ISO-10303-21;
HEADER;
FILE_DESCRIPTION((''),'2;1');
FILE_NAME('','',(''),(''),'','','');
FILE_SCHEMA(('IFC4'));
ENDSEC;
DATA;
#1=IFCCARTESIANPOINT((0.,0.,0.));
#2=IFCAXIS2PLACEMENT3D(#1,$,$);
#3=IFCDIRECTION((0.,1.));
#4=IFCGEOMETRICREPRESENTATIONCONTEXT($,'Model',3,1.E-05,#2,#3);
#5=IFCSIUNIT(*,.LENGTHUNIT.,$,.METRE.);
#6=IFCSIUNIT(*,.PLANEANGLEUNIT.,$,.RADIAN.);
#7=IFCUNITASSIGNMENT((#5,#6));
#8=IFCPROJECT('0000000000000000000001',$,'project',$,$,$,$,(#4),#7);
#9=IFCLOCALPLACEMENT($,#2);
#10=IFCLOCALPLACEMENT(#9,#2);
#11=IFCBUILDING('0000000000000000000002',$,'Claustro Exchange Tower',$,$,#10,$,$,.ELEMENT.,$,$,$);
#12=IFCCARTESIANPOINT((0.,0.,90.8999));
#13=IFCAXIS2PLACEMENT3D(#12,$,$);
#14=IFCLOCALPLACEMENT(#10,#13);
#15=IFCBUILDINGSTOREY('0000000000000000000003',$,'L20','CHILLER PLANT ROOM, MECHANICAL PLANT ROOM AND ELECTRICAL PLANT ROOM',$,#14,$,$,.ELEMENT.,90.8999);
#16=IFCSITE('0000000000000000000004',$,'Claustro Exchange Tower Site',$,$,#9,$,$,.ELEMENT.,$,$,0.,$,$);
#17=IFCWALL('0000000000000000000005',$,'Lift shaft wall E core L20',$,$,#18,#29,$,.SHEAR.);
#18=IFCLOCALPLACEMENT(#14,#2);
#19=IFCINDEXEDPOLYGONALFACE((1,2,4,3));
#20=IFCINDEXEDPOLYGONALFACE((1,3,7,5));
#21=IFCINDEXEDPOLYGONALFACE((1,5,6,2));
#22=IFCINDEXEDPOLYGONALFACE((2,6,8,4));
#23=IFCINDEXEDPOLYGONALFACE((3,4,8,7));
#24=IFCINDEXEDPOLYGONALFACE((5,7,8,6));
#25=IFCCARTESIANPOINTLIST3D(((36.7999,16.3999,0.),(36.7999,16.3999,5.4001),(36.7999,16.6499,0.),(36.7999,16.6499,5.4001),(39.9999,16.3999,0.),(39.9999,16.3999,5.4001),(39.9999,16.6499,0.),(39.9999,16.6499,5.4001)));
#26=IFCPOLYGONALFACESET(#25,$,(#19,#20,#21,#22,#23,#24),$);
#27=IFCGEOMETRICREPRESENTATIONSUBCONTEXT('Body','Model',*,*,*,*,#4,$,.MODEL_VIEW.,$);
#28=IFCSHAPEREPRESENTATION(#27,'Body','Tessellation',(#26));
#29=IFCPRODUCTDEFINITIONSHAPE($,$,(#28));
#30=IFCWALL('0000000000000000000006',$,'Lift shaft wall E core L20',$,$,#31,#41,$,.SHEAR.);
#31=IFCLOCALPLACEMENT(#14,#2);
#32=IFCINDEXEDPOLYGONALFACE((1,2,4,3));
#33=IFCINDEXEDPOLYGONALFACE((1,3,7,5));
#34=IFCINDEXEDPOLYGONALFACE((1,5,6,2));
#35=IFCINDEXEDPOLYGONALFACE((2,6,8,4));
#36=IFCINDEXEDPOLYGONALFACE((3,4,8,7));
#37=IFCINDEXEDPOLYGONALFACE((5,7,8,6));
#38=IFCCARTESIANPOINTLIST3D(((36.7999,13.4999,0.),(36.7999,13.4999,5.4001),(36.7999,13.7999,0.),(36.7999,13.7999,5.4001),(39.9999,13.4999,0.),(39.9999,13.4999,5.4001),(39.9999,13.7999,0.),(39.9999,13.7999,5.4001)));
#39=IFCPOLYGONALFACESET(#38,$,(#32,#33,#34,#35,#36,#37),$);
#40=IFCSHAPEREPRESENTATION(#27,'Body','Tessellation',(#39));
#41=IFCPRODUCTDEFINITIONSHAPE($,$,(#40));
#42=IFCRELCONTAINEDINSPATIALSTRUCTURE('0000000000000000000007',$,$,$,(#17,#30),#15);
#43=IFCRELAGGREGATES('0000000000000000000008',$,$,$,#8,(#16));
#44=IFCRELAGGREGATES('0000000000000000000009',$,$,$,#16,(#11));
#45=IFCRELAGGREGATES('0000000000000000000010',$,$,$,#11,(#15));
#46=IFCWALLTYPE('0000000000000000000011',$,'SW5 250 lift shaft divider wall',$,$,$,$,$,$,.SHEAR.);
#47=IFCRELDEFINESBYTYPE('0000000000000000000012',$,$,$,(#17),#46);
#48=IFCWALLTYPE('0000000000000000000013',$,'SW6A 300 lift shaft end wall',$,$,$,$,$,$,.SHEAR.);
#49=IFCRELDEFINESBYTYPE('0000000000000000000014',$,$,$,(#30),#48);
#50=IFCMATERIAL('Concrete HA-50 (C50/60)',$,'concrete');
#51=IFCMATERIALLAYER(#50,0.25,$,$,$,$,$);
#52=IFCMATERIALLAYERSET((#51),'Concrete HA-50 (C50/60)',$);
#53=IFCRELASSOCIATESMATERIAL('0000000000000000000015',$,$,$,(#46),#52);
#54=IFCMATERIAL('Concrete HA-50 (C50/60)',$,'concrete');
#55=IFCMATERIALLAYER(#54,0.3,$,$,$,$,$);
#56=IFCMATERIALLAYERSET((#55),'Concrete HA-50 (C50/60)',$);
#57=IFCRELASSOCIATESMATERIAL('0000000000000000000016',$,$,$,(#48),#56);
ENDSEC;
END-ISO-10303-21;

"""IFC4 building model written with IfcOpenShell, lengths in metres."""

from ifc_helpers import new_model, si_unit, direction, frame, frame_2d, origin, place, context, subcontext, project, spatial, rectangle, extrude, material, layer, layer_set, type_object, element, save


model = new_model("IFC4")

# Units and contexts
model_context = context("Model", 3, precision=1e-05, world=origin(), true_north=direction((0.0, 1.0)))
body_context = subcontext(model_context, "Body", "Model", "MODEL_VIEW")
ifc_project = project(units=[si_unit("LENGTHUNIT", "METRE"), si_unit("PLANEANGLEUNIT", "RADIAN")], contexts=[model_context])

# Site, building, storey
site_placement = place(None, origin())
site = spatial("IfcSite", under=ifc_project, at=site_placement, Name="Claustro Exchange Tower Site", CompositionType="ELEMENT", RefElevation=0.0)
building_placement = place(site_placement, origin())
building = spatial("IfcBuilding", under=site, at=building_placement, Name="Claustro Exchange Tower", CompositionType="ELEMENT")
storey_placement = place(building_placement, frame((0.0, 0.0, 90.8999)))
storey = spatial("IfcBuildingStorey", under=building, at=storey_placement, Name="L20", Description="CHILLER PLANT ROOM, MECHANICAL PLANT ROOM AND ELECTRICAL PLANT ROOM", CompositionType="ELEMENT", Elevation=90.8999)

# Walls
ifc_material_1 = material(Name="Concrete HA-50 (C50/60)", Category="concrete")
ifc_layer_1 = layer(ifc_material_1, 0.25)
ifc_layer_set_1 = layer_set([ifc_layer_1], Name="Concrete HA-50 (C50/60)")
wall_type_1 = type_object("IfcWallType", Name="SW5 250 lift shaft divider wall", PredefinedType="SHEAR", material=ifc_layer_set_1)
wall_1_placement = place(storey_placement, frame((40.0, 16.5249, 0.0), z_axis=(0.0, 0.0, 1.0), x_axis=(-1.0, 0.0, 0.0)))
element("IfcWall", 1, at=wall_1_placement, inside=storey, type_object=wall_type_1, Name="Lift shaft wall E core L20", PredefinedType="SHEAR", context=body_context, shape_type="SweptSolid", body=[
    extrude(rectangle(XDim=3.2, YDim=0.25, at=frame_2d((1.6001, 0.0))), origin(), (0.0, 0.0, 1.0), 5.4001),
])
ifc_material_2 = material(Name="Concrete HA-50 (C50/60)", Category="concrete")
ifc_layer_2 = layer(ifc_material_2, 0.3)
ifc_layer_set_2 = layer_set([ifc_layer_2], Name="Concrete HA-50 (C50/60)")
wall_type_2 = type_object("IfcWallType", Name="SW6A 300 lift shaft end wall", PredefinedType="SHEAR", material=ifc_layer_set_2)
wall_2_placement = place(storey_placement, frame((40.0, 13.6499, 0.0), z_axis=(0.0, 0.0, 1.0), x_axis=(-1.0, 0.0, 0.0)))
element("IfcWall", 2, at=wall_2_placement, inside=storey, type_object=wall_type_2, Name="Lift shaft wall E core L20", PredefinedType="SHEAR", context=body_context, shape_type="SweptSolid", body=[
    extrude(rectangle(XDim=3.2, YDim=0.3, at=frame_2d((1.6001, 0.0))), origin(), (0.0, 0.0, 1.0), 5.4001),
])

save(model, "model.ifc")
